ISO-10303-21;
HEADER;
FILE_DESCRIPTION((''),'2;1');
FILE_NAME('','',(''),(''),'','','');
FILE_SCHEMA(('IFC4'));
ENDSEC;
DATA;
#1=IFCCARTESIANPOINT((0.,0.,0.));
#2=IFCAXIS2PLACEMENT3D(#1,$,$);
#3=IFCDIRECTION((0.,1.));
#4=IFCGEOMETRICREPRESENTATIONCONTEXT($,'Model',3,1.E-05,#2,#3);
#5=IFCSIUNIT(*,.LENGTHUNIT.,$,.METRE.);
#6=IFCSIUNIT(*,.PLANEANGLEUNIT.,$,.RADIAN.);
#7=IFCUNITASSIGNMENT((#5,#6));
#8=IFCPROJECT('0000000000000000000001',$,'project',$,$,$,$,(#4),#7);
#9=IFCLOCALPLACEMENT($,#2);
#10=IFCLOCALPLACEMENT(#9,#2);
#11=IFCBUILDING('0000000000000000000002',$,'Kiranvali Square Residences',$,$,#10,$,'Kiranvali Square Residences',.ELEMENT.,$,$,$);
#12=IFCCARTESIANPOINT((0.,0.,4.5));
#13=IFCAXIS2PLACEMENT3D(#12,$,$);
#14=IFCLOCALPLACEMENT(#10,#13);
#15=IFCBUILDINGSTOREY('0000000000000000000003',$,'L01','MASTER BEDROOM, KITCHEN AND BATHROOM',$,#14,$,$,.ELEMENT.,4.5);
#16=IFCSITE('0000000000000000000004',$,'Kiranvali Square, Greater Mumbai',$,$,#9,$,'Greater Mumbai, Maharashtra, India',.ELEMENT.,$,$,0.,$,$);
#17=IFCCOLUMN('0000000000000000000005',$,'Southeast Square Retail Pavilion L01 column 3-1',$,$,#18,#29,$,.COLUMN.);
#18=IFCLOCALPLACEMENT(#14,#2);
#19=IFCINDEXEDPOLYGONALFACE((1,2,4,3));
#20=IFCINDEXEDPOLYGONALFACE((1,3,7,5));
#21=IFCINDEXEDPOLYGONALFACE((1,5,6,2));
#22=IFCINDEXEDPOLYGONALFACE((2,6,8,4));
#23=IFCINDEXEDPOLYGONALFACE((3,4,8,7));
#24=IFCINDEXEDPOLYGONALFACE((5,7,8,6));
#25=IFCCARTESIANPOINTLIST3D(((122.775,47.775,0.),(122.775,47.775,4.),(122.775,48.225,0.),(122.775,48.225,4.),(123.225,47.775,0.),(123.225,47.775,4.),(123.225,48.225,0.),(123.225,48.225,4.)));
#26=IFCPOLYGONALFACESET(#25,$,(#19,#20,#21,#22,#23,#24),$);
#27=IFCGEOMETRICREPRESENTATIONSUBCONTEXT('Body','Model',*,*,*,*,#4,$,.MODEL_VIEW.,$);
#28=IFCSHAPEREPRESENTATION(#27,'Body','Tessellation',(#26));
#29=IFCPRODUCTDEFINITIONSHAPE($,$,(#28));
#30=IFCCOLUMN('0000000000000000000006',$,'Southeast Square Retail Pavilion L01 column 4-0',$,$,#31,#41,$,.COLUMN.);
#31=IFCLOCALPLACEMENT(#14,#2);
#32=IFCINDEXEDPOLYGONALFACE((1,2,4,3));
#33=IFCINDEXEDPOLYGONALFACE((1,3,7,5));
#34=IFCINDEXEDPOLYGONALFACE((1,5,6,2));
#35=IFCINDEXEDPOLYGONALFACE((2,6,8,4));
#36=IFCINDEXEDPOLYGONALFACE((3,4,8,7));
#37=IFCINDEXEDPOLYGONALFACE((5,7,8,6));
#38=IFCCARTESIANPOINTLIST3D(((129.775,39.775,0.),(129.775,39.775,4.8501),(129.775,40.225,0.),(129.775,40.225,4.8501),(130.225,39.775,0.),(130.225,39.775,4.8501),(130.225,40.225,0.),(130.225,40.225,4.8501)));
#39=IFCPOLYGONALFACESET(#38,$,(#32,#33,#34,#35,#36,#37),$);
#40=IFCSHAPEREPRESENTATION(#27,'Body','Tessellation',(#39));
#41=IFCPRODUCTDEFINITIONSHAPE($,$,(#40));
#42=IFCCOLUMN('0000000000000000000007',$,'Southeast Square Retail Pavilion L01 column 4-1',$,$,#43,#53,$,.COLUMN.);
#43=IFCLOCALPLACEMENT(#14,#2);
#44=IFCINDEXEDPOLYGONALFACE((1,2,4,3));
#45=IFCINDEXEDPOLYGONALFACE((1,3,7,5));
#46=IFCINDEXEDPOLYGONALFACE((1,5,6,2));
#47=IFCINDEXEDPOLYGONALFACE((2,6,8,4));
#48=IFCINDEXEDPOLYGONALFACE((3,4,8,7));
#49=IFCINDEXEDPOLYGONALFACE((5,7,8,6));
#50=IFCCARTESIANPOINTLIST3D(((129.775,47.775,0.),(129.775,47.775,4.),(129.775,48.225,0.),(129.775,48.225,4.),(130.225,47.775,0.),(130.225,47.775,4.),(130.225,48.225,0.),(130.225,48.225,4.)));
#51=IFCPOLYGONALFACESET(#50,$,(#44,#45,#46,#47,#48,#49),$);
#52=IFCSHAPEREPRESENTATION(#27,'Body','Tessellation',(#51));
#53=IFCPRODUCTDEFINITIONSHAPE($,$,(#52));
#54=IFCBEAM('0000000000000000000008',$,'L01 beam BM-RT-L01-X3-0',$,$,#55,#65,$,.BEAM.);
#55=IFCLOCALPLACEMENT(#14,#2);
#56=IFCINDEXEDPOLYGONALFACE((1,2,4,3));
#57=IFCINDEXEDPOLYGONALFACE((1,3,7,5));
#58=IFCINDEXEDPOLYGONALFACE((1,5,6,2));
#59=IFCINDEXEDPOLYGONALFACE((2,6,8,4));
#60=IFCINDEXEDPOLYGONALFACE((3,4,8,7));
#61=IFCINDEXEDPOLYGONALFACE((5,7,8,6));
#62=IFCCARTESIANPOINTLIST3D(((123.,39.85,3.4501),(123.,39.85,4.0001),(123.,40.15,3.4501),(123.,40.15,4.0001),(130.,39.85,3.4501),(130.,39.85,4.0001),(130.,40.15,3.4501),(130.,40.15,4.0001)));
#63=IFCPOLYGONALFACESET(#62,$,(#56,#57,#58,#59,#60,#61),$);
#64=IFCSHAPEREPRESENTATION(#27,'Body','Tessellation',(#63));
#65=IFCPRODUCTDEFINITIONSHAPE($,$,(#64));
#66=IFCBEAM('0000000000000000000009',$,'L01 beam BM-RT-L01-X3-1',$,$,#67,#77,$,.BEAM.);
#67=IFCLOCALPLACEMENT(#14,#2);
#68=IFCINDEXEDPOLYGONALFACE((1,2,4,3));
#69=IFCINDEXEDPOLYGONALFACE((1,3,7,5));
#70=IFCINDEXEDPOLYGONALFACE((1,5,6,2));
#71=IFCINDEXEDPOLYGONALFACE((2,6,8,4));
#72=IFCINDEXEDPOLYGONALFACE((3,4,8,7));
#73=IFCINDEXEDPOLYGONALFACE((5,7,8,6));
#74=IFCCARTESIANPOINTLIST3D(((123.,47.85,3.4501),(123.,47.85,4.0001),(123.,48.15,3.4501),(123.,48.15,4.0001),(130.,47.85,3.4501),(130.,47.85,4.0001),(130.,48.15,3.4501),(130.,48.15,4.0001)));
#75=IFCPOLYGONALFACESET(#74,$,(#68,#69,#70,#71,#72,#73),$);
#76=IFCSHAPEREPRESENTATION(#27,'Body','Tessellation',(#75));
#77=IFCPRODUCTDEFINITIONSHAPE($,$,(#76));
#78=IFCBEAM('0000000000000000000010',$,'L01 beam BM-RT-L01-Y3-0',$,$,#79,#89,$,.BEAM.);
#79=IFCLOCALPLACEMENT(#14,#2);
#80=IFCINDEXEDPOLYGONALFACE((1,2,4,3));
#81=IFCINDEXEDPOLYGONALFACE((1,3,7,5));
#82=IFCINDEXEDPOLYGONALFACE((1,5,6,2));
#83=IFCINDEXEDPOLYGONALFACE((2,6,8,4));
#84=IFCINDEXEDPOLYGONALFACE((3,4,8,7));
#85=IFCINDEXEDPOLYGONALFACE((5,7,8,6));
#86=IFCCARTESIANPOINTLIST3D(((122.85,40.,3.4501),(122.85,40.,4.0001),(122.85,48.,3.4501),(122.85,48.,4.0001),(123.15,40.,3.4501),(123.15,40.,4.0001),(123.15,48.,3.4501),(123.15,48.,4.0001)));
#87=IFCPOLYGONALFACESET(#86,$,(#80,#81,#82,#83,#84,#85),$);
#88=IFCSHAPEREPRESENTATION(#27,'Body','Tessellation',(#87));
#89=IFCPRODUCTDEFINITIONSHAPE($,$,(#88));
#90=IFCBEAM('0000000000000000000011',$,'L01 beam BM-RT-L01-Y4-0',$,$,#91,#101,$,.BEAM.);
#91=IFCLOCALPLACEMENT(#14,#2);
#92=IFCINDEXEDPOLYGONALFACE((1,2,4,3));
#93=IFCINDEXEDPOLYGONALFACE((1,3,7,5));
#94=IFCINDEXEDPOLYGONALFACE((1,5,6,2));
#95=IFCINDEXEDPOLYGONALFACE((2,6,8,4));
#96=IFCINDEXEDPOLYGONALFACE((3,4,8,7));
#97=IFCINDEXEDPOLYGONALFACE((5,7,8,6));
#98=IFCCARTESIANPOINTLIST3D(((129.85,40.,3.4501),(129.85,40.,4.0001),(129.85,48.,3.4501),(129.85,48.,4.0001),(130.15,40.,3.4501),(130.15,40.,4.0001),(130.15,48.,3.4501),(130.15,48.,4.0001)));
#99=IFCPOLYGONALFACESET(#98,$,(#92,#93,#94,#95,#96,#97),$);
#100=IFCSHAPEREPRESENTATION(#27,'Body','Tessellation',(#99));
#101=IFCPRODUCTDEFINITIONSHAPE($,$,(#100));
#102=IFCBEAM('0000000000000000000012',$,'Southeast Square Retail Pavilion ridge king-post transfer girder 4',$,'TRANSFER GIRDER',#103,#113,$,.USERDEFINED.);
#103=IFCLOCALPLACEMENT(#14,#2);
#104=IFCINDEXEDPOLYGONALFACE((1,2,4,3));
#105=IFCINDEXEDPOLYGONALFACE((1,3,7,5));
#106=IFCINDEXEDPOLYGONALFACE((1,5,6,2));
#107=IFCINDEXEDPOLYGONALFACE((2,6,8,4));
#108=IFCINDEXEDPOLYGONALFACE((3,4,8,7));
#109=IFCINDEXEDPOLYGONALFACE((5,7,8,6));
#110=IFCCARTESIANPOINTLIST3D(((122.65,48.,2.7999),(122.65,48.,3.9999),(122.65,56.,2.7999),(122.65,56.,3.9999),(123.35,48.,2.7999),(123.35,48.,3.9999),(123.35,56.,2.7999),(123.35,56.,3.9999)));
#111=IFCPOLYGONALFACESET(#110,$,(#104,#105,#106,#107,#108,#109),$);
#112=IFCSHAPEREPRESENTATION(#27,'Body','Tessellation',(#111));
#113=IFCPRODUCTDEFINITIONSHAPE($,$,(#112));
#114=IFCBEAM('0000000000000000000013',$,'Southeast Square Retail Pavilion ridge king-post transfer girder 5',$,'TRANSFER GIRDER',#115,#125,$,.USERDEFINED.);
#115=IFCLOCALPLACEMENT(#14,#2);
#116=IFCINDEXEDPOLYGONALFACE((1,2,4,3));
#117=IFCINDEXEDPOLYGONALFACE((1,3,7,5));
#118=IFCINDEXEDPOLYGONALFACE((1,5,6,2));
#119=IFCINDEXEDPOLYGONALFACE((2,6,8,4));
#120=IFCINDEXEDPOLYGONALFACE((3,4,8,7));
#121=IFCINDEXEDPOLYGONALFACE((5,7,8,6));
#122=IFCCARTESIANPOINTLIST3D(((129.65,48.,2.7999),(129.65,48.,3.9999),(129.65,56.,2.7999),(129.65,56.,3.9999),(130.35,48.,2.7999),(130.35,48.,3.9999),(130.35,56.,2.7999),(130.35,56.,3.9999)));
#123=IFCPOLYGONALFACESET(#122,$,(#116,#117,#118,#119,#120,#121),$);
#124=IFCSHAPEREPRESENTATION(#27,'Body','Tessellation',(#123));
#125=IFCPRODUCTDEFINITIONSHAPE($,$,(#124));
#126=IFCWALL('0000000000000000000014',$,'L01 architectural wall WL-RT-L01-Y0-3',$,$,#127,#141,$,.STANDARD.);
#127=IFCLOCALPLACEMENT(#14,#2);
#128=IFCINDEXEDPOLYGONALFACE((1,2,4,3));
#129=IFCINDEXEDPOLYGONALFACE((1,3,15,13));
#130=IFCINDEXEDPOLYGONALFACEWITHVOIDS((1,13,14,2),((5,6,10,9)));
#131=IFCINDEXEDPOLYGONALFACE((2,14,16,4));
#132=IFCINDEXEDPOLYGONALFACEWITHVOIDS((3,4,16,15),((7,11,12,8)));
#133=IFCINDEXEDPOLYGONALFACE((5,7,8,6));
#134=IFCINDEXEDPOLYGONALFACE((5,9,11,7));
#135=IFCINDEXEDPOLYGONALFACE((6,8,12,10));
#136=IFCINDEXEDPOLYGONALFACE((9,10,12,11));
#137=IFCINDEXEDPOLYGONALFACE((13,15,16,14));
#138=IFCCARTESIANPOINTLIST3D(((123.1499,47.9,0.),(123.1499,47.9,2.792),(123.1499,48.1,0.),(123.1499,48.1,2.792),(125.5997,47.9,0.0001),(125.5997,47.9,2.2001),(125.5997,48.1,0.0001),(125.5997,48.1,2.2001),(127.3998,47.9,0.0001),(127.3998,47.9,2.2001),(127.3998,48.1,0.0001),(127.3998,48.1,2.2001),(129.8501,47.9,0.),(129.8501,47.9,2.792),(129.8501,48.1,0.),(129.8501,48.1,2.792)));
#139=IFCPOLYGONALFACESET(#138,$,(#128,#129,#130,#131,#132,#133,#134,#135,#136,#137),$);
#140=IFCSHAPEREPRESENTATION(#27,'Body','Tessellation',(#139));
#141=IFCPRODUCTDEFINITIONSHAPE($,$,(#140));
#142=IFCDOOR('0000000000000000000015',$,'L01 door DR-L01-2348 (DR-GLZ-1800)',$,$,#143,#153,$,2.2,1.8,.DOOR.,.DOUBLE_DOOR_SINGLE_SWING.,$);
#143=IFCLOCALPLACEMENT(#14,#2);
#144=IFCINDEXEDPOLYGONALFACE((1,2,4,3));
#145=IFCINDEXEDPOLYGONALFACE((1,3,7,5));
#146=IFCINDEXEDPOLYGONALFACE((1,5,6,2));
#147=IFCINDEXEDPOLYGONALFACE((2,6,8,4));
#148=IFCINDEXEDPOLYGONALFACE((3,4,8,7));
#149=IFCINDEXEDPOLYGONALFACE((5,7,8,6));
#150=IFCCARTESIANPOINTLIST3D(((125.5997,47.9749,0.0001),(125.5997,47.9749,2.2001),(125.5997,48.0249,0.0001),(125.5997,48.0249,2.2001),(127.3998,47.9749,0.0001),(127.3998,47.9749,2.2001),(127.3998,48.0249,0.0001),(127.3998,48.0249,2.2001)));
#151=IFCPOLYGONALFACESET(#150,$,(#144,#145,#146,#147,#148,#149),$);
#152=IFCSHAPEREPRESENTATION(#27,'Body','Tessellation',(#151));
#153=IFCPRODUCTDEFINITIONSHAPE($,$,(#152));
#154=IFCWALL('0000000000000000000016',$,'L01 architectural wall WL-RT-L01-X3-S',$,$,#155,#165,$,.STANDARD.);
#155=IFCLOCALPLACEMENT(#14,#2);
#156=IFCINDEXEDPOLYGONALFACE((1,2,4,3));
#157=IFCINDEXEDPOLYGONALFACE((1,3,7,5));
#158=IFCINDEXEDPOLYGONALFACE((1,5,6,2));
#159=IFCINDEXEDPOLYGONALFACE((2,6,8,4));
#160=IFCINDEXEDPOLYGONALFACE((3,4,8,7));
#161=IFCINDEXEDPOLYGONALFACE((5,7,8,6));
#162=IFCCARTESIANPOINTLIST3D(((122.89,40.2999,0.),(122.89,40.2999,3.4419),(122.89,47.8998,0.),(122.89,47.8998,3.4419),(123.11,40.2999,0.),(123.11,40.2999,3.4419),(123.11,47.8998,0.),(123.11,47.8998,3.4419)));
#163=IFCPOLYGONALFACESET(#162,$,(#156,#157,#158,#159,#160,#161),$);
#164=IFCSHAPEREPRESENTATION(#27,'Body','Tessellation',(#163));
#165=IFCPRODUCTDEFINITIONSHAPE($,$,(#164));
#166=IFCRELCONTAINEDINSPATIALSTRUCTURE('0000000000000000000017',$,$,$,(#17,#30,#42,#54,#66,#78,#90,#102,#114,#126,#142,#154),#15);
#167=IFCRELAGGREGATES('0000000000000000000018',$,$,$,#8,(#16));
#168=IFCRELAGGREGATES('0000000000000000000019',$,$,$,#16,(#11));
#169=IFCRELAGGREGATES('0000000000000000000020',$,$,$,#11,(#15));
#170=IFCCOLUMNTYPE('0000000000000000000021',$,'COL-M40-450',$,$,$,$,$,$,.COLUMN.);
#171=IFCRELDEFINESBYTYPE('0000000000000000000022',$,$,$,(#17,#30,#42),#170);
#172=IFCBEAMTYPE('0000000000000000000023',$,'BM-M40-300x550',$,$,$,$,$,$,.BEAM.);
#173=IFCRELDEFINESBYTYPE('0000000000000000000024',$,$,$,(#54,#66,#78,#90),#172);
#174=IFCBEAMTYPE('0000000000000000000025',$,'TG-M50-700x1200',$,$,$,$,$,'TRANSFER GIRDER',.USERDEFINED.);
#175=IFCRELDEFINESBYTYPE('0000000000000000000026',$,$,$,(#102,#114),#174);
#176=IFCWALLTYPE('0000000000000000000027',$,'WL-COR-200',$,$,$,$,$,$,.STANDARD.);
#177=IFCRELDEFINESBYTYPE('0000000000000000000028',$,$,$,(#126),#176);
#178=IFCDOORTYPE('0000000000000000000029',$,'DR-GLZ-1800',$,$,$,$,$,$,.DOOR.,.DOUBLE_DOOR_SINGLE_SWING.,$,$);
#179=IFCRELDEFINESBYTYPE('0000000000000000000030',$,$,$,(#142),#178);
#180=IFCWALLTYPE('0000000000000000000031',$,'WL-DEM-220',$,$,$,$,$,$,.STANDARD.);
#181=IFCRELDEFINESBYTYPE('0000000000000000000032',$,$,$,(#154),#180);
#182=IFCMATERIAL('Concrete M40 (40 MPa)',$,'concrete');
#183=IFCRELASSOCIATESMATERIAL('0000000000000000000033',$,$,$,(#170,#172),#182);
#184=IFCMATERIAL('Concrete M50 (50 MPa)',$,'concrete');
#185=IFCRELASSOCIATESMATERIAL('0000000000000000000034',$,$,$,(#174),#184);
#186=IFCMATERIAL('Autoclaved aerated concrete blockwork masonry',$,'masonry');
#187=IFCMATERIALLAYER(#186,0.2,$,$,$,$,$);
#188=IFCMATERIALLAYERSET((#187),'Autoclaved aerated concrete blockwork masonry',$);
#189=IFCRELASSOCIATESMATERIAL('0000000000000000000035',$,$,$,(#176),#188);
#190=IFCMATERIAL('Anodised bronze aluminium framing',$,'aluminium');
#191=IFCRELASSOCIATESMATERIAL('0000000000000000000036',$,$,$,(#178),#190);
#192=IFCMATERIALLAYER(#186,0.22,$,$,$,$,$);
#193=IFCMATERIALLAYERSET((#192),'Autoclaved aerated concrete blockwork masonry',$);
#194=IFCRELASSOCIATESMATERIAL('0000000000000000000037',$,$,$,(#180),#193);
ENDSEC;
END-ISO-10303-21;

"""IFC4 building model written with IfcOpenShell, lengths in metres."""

from ifc_helpers import new_model, si_unit, direction, frame, frame_2d, origin, origin_2d, place, context, subcontext, project, spatial, rectangle, extrude, material, layer, layer_set, material_profile, profile_set, type_object, element, fill, save


model = new_model("IFC4")

# Units and contexts
model_context = context("Model", 3, precision=1e-05, world=origin(), true_north=direction((0.0, 1.0)))
body_context = subcontext(model_context, "Body", "Model", "MODEL_VIEW")
ifc_project = project(units=[si_unit("LENGTHUNIT", "METRE"), si_unit("PLANEANGLEUNIT", "RADIAN")], contexts=[model_context])

# Site, building, storey
site_placement = place(None, origin())
site = spatial("IfcSite", under=ifc_project, at=site_placement, Name="Kiranvali Square, Greater Mumbai", LongName="Greater Mumbai, Maharashtra, India", CompositionType="ELEMENT", RefElevation=0.0)
building_placement = place(site_placement, origin())
building = spatial("IfcBuilding", under=site, at=building_placement, Name="Kiranvali Square Residences", LongName="Kiranvali Square Residences", CompositionType="ELEMENT")
storey_placement = place(building_placement, frame((0.0, 0.0, 4.5)))
storey = spatial("IfcBuildingStorey", under=building, at=storey_placement, Name="L01", Description="MASTER BEDROOM, KITCHEN AND BATHROOM", CompositionType="ELEMENT", Elevation=4.5)

# Columns
ifc_material_1 = material(Name="Concrete M40 (40 MPa)", Category="concrete")
ifc_material_profile_1 = material_profile(ifc_material_1, rectangle(XDim=0.45, YDim=0.45, at=origin_2d()), Name="RC 450x450")
ifc_profile_set_1 = profile_set([ifc_material_profile_1], Name="Concrete M40 (40 MPa)")
column_type = type_object("IfcColumnType", Name="COL-M40-450", PredefinedType="COLUMN", material=ifc_profile_set_1)
column_1_placement = place(storey_placement, frame((123.0, 48.0, 0.0), z_axis=(0.0, 0.0, 1.0), x_axis=(1.0, 0.0, 0.0)))
element("IfcColumn", 1, at=column_1_placement, inside=storey, type_object=column_type, Name="Southeast Square Retail Pavilion L01 column 3-1", PredefinedType="COLUMN", context=body_context, shape_type="SweptSolid", body=[
    extrude(rectangle(XDim=0.45, YDim=0.45, at=origin_2d()), origin(), (0.0, 0.0, 1.0), 4.0),
])
column_2_placement = place(storey_placement, frame((130.0, 40.0, 0.0), z_axis=(0.0, 0.0, 1.0), x_axis=(1.0, 0.0, 0.0)))
element("IfcColumn", 2, at=column_2_placement, inside=storey, type_object=column_type, Name="Southeast Square Retail Pavilion L01 column 4-0", PredefinedType="COLUMN", context=body_context, shape_type="SweptSolid", body=[
    extrude(rectangle(XDim=0.45, YDim=0.45, at=origin_2d()), origin(), (0.0, 0.0, 1.0), 4.8501),
])
column_3_placement = place(storey_placement, frame((130.0, 48.0, 0.0), z_axis=(0.0, 0.0, 1.0), x_axis=(1.0, 0.0, 0.0)))
element("IfcColumn", 3, at=column_3_placement, inside=storey, type_object=column_type, Name="Southeast Square Retail Pavilion L01 column 4-1", PredefinedType="COLUMN", context=body_context, shape_type="SweptSolid", body=[
    extrude(rectangle(XDim=0.45, YDim=0.45, at=origin_2d()), origin(), (0.0, 0.0, 1.0), 4.0),
])

# Beams
ifc_material_profile_2 = material_profile(ifc_material_1, rectangle(XDim=0.3, YDim=0.55, at=origin_2d()), Name="RC 300x550")
ifc_profile_set_2 = profile_set([ifc_material_profile_2], Name="Concrete M40 (40 MPa)")
beam_type_1 = type_object("IfcBeamType", Name="BM-M40-300x550", PredefinedType="BEAM", material=ifc_profile_set_2)
for number, where, z_axis, x_axis, name in (
    (4, (123.0, 40.0, 3.7251), (1.0, 0.0, 0.0), (0.0, 1.0, 0.0), "L01 beam BM-RT-L01-X3-0"),
    (5, (123.0, 48.0, 3.7251), (1.0, 0.0, 0.0), (0.0, 1.0, 0.0), "L01 beam BM-RT-L01-X3-1"),
):
    element("IfcBeam", number, at=place(storey_placement, frame(where, z_axis=z_axis, x_axis=x_axis)), inside=storey, type_object=beam_type_1, Name=name, PredefinedType="BEAM", context=body_context, shape_type="SweptSolid", body=[
        extrude(rectangle(XDim=0.3, YDim=0.55, at=origin_2d()), origin(), (0.0, 0.0, 1.0), 7.0),
    ])
for number, where, z_axis, x_axis, name in (
    (6, (123.0, 40.0, 3.7251), (0.0, 1.0, 0.0), (-1.0, 0.0, 0.0), "L01 beam BM-RT-L01-Y3-0"),
    (7, (130.0, 40.0, 3.7251), (0.0, 1.0, 0.0), (-1.0, 0.0, 0.0), "L01 beam BM-RT-L01-Y4-0"),
):
    element("IfcBeam", number, at=place(storey_placement, frame(where, z_axis=z_axis, x_axis=x_axis)), inside=storey, type_object=beam_type_1, Name=name, PredefinedType="BEAM", context=body_context, shape_type="SweptSolid", body=[
        extrude(rectangle(XDim=0.3, YDim=0.55, at=origin_2d()), origin(), (0.0, 0.0, 1.0), 8.0),
    ])
ifc_material_2 = material(Name="Concrete M50 (50 MPa)", Category="concrete")
ifc_material_profile_3 = material_profile(ifc_material_2, rectangle(XDim=0.7, YDim=1.2, at=origin_2d()), Name="RC 700x1200")
ifc_profile_set_3 = profile_set([ifc_material_profile_3], Name="Concrete M50 (50 MPa)")
beam_type_2 = type_object("IfcBeamType", Name="TG-M50-700x1200", ElementType="TRANSFER GIRDER", PredefinedType="USERDEFINED", material=ifc_profile_set_3)
for number, where, z_axis, x_axis, name in (
    (8, (123.0, 48.0, 3.3999), (0.0, 1.0, 0.0), (-1.0, 0.0, 0.0), "Southeast Square Retail Pavilion ridge king-post transfer girder 4"),
    (9, (130.0, 48.0, 3.3999), (0.0, 1.0, 0.0), (-1.0, 0.0, 0.0), "Southeast Square Retail Pavilion ridge king-post transfer girder 5"),
):
    element("IfcBeam", number, at=place(storey_placement, frame(where, z_axis=z_axis, x_axis=x_axis)), inside=storey, type_object=beam_type_2, Name=name, ObjectType="TRANSFER GIRDER", PredefinedType="USERDEFINED", context=body_context, shape_type="SweptSolid", body=[
        extrude(rectangle(XDim=0.7, YDim=1.2, at=origin_2d()), origin(), (0.0, 0.0, 1.0), 8.0),
    ])

# Wall, opening, door
ifc_material_3 = material(Name="Autoclaved aerated concrete blockwork masonry", Category="masonry")
ifc_layer_1 = layer(ifc_material_3, 0.2)
ifc_layer_set_1 = layer_set([ifc_layer_1], Name="Autoclaved aerated concrete blockwork masonry")
wall_type_1 = type_object("IfcWallType", Name="WL-COR-200", PredefinedType="STANDARD", material=ifc_layer_set_1)
wall_1_placement = place(storey_placement, frame((123.1499, 48.0, 0.0), z_axis=(0.0, 0.0, 1.0), x_axis=(1.0, 0.0, 0.0)))
wall_1 = element("IfcWall", 10, at=wall_1_placement, inside=storey, type_object=wall_type_1, Name="L01 architectural wall WL-RT-L01-Y0-3", PredefinedType="STANDARD", context=body_context, shape_type="SweptSolid", body=[
    extrude(rectangle(XDim=6.7002, YDim=0.2, at=frame_2d((3.3501, 0.0))), origin(), (0.0, 0.0, 1.0), 2.792),
])
opening_1_placement = place(wall_1_placement, frame((2.45, 0.0, 0.0)))
opening_1 = element("IfcOpeningElement", 11, at=opening_1_placement, cuts=wall_1, PredefinedType="OPENING", context=body_context, shape_type="SweptSolid", body=[
    extrude(rectangle(XDim=1.8, YDim=2.2, at=frame_2d((0.8999, 1.1001))), frame((0.0, 0.1099, 0.0), z_axis=(0.0, -1.0, 0.0), x_axis=(1.0, 0.0, 0.0)), (0.0, 0.0, 1.0), 0.22),
])
ifc_material_4 = material(Name="Anodised bronze aluminium framing", Category="aluminium")
door_type = type_object("IfcDoorType", Name="DR-GLZ-1800", OperationType="DOUBLE_DOOR_SINGLE_SWING", PredefinedType="DOOR", material=ifc_material_4)
door_1_placement = place(opening_1_placement, origin())
door_1 = element("IfcDoor", 12, at=door_1_placement, inside=storey, type_object=door_type, Name="L01 door DR-L01-2348 (DR-GLZ-1800)", OperationType="DOUBLE_DOOR_SINGLE_SWING", OverallHeight=2.2, OverallWidth=1.8, PredefinedType="DOOR", context=body_context, shape_type="SweptSolid", body=[
    extrude(rectangle(XDim=1.8, YDim=2.2, at=frame_2d((0.8999, 1.1001))), frame((0.0, 0.0249, 0.0), z_axis=(0.0, -1.0, 0.0), x_axis=(1.0, 0.0, 0.0)), (0.0, 0.0, 1.0), 0.05),
])
fill(opening_1, door_1)

# Wall
ifc_layer_2 = layer(ifc_material_3, 0.22)
ifc_layer_set_2 = layer_set([ifc_layer_2], Name="Autoclaved aerated concrete blockwork masonry")
wall_type_2 = type_object("IfcWallType", Name="WL-DEM-220", PredefinedType="STANDARD", material=ifc_layer_set_2)
wall_2_placement = place(storey_placement, frame((123.0, 40.3, 0.0), z_axis=(0.0, 0.0, 1.0), x_axis=(0.0, 1.0, 0.0)))
element("IfcWall", 13, at=wall_2_placement, inside=storey, type_object=wall_type_2, Name="L01 architectural wall WL-RT-L01-X3-S", PredefinedType="STANDARD", context=body_context, shape_type="SweptSolid", body=[
    extrude(rectangle(XDim=7.5999, YDim=0.22, at=frame_2d((3.7998, 0.0))), origin(), (0.0, 0.0, 1.0), 3.4419),
])

save(model, "model.ifc")
